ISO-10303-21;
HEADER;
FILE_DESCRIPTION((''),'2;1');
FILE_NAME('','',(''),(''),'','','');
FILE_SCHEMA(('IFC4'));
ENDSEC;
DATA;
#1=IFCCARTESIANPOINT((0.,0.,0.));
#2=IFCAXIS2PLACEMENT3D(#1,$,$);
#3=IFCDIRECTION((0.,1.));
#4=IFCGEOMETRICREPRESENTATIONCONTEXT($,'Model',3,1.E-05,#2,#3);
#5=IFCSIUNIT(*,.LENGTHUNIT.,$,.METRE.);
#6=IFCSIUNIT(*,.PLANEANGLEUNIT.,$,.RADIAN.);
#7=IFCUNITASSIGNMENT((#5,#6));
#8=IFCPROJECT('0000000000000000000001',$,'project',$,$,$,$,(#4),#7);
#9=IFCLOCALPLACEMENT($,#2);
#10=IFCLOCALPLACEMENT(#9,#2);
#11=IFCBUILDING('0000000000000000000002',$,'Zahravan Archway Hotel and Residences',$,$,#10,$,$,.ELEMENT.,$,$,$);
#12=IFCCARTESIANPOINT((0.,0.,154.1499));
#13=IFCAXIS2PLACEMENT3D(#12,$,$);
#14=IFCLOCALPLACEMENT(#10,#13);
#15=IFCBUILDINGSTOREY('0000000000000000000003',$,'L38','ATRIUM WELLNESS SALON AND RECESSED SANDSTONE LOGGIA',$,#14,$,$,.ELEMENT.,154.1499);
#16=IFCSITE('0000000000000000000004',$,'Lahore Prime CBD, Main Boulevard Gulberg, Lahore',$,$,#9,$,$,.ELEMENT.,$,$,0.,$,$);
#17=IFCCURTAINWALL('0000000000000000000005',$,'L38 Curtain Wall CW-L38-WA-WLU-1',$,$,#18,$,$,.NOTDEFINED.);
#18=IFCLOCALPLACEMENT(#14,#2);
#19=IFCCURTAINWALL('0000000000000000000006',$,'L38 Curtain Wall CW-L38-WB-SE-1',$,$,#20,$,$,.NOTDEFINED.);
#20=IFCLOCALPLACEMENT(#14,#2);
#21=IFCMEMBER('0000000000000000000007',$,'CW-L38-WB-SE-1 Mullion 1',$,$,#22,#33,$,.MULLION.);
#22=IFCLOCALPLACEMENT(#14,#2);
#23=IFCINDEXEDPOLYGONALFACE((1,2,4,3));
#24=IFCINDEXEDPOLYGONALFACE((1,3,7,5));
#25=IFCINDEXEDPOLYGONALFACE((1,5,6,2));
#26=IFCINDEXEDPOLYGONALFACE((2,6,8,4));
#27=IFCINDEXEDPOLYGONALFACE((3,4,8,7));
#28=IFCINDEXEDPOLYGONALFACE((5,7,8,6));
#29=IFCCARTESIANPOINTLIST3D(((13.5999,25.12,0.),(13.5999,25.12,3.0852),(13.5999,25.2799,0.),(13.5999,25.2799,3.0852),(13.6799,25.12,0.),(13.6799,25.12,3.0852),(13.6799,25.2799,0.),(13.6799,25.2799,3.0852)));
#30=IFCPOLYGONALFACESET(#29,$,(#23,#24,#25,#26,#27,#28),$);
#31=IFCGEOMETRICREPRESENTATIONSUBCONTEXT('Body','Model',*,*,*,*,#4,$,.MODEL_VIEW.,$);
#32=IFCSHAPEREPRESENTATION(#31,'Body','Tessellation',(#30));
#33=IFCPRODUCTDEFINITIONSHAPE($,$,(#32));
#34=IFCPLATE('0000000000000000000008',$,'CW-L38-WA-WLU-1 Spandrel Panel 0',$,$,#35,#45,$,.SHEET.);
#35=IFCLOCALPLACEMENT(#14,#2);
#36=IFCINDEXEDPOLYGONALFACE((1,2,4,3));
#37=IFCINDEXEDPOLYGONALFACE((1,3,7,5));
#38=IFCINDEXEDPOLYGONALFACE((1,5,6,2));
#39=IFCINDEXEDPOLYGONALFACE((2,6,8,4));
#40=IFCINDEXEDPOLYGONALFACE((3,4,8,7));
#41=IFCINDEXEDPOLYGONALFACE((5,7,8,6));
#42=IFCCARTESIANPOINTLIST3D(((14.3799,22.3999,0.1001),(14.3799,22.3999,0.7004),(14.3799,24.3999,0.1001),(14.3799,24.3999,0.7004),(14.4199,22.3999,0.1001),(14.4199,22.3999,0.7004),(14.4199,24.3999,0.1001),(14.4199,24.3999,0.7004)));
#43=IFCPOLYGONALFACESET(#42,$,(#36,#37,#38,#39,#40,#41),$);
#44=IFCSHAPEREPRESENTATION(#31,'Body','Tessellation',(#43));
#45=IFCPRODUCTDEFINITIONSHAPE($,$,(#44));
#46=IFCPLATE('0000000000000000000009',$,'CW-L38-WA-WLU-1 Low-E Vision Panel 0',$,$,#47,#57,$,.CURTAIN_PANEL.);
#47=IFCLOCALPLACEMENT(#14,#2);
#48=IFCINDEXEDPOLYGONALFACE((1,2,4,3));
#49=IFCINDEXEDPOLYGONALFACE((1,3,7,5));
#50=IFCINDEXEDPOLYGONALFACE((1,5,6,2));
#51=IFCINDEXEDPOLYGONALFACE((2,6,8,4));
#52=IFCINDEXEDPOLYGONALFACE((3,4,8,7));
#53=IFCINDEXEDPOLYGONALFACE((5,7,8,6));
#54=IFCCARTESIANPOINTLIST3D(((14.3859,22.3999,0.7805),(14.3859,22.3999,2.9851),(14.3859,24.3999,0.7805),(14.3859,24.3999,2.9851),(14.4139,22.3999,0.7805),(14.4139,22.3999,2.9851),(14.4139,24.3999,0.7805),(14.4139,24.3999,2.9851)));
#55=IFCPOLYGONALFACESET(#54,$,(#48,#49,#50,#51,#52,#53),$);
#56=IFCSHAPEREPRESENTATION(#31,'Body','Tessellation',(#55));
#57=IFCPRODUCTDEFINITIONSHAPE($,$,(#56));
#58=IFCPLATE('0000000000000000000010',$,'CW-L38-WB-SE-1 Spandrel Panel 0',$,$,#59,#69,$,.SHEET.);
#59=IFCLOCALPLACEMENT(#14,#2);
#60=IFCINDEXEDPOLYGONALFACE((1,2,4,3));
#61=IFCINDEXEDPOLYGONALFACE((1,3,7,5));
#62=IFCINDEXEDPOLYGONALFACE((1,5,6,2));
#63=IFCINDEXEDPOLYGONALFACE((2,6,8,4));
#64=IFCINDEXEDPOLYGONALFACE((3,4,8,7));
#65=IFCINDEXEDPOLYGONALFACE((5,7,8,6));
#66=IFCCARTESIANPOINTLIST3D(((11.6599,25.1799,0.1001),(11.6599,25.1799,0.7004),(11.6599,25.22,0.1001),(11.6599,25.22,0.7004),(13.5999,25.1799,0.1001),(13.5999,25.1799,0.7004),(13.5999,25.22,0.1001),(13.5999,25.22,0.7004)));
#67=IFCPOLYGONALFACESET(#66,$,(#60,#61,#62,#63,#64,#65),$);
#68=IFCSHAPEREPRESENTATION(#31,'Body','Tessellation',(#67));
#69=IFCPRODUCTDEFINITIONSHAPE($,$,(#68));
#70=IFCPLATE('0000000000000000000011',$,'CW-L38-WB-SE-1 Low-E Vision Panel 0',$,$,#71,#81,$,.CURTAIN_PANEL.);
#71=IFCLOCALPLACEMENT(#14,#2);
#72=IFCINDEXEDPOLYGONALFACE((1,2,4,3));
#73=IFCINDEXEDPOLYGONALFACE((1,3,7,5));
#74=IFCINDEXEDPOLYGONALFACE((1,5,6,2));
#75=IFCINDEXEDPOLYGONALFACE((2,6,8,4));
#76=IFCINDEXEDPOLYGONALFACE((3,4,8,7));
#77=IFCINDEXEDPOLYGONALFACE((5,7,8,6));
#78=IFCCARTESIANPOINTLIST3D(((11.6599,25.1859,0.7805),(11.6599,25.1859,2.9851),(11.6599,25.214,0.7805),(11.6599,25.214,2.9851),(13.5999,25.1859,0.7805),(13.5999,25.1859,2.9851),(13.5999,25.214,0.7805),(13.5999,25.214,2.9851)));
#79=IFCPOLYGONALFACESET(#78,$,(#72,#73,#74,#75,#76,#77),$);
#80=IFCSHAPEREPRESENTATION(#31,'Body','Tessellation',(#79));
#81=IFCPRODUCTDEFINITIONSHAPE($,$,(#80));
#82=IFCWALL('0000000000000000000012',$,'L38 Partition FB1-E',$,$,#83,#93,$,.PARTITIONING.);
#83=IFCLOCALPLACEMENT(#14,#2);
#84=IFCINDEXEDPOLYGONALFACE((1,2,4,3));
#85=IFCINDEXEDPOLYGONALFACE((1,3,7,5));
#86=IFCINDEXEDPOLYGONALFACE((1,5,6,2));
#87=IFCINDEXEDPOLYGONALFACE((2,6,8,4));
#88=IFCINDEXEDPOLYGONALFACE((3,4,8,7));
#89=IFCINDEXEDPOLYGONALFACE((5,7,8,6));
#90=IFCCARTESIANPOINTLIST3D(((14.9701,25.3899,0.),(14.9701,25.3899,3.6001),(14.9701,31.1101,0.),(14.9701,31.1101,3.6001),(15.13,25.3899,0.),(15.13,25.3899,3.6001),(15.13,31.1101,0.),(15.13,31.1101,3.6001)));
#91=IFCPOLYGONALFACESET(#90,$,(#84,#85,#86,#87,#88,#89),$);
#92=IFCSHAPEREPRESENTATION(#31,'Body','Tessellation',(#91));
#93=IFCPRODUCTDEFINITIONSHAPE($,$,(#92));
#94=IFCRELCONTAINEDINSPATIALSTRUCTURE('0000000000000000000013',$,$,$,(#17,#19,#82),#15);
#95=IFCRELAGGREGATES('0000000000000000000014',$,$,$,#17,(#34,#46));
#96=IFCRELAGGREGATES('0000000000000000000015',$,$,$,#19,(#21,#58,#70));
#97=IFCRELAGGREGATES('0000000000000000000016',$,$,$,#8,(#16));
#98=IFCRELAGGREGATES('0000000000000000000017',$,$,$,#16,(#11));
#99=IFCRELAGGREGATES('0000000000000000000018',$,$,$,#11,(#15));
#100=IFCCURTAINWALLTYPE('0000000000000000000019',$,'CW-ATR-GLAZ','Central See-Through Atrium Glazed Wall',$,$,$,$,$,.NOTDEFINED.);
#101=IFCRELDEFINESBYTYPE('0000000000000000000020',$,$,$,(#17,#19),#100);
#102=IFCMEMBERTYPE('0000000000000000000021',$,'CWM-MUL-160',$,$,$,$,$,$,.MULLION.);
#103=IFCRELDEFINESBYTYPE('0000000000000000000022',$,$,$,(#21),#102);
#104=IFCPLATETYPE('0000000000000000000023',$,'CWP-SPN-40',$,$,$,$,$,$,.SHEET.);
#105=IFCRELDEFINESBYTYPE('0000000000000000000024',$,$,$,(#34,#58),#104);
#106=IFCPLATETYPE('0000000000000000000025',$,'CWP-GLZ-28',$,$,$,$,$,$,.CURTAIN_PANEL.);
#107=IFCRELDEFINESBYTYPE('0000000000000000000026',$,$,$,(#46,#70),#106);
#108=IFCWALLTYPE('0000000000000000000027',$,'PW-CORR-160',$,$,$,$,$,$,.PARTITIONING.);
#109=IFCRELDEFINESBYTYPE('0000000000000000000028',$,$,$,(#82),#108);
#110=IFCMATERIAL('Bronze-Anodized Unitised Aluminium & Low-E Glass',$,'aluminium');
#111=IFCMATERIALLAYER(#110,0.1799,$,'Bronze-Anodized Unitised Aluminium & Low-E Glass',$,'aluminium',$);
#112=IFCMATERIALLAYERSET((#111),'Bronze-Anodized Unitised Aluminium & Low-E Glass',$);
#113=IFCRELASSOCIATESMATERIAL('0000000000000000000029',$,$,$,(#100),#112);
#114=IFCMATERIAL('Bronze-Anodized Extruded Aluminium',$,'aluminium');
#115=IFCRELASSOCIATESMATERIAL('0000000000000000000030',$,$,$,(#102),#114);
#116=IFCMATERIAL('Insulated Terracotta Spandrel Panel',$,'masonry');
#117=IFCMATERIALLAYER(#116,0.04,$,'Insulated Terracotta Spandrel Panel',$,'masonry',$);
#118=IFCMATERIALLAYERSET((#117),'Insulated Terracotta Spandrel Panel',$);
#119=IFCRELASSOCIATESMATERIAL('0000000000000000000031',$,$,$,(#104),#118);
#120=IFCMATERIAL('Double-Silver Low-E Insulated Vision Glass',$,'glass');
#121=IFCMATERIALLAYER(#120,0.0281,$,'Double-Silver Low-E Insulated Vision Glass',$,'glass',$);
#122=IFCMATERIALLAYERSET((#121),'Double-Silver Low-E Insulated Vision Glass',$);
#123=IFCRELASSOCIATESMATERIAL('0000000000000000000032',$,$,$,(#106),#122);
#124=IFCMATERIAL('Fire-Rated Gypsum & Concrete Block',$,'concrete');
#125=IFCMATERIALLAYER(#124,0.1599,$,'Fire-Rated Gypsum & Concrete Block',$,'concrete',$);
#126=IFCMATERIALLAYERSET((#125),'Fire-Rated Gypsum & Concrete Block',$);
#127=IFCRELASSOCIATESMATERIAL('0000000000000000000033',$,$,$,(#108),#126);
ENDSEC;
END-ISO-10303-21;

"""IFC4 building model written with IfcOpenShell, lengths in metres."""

from ifc_helpers import new_model, si_unit, direction, frame, frame_2d, origin, origin_2d, place, context, subcontext, project, spatial, rectangle, extrude, source, transform, mapped, material, layer, layer_set, material_profile, profile_set, type_object, element, aggregate, save


model = new_model("IFC4")

# Units and contexts
model_context = context("Model", 3, precision=1e-05, world=origin(), true_north=direction((0.0, 1.0)))
body_context = subcontext(model_context, "Body", "Model", "MODEL_VIEW")
ifc_project = project(units=[si_unit("LENGTHUNIT", "METRE"), si_unit("PLANEANGLEUNIT", "RADIAN")], contexts=[model_context])

# Site, building, storey
site_placement = place(None, origin())
site = spatial("IfcSite", under=ifc_project, at=site_placement, Name="Lahore Prime CBD, Main Boulevard Gulberg, Lahore", CompositionType="ELEMENT", RefElevation=0.0)
building_placement = place(site_placement, origin())
building = spatial("IfcBuilding", under=site, at=building_placement, Name="Zahravan Archway Hotel and Residences", CompositionType="ELEMENT")
storey_placement = place(building_placement, frame((0.0, 0.0, 154.1499)))
storey = spatial("IfcBuildingStorey", under=building, at=storey_placement, Name="L38", Description="ATRIUM WELLNESS SALON AND RECESSED SANDSTONE LOGGIA", CompositionType="ELEMENT", Elevation=154.1499)

# Curtain wall
ifc_material_1 = material(Name="Bronze-Anodized Unitised Aluminium & Low-E Glass", Category="aluminium")
ifc_layer_1 = layer(ifc_material_1, 0.1799, Name="Bronze-Anodized Unitised Aluminium & Low-E Glass", Category="aluminium")
ifc_layer_set_1 = layer_set([ifc_layer_1], Name="Bronze-Anodized Unitised Aluminium & Low-E Glass")
curtain_wall_type = type_object("IfcCurtainWallType", Name="CW-ATR-GLAZ", Description="Central See-Through Atrium Glazed Wall", PredefinedType="NOTDEFINED", material=ifc_layer_set_1)
curtain_wall_1_placement = place(storey_placement, origin())
curtain_wall_1 = element("IfcCurtainWall", 1, at=curtain_wall_1_placement, inside=storey, type_object=curtain_wall_type, Name="L38 Curtain Wall CW-L38-WA-WLU-1", PredefinedType="NOTDEFINED")
ifc_material_2 = material(Name="Bronze-Anodized Extruded Aluminium", Category="aluminium")
ifc_material_profile_1 = material_profile(ifc_material_2, rectangle(XDim=0.0801, YDim=0.1599, at=origin_2d()), Name="MUL 80x160", Category="aluminium")
ifc_profile_set_1 = profile_set([ifc_material_profile_1], Name="Bronze-Anodized Extruded Aluminium")
member_type_1 = type_object("IfcMemberType", Name="CWM-MUL-160", PredefinedType="MULLION", material=ifc_profile_set_1)
shared_shape_1 = source(origin(), body_context, "Body", "SweptSolid", [
    extrude(rectangle(XDim=0.0801, YDim=0.1599, at=origin_2d()), origin(), (0.0, 0.0, 1.0), 3.0852),
])

# Curtain wall, member
curtain_wall_2_placement = place(storey_placement, origin())
curtain_wall_2 = element("IfcCurtainWall", 2, at=curtain_wall_2_placement, inside=storey, type_object=curtain_wall_type, Name="L38 Curtain Wall CW-L38-WB-SE-1", PredefinedType="NOTDEFINED")
member_1_placement = place(storey_placement, frame((13.6399, 25.2, 0.0), z_axis=(0.0, 0.0, 1.0), x_axis=(1.0, 0.0, 0.0)))
member_1 = element("IfcMember", 3, at=member_1_placement, type_object=member_type_1, Name="CW-L38-WB-SE-1 Mullion 1", PredefinedType="MULLION", context=body_context, shape_type="MappedRepresentation", body=[
    mapped(shared_shape_1, transform((0.0, 0.0, 0.0), scale=1.0)),
])

# Plates
ifc_material_3 = material(Name="Insulated Terracotta Spandrel Panel", Category="masonry")
ifc_layer_2 = layer(ifc_material_3, 0.04, Name="Insulated Terracotta Spandrel Panel", Category="masonry")
ifc_layer_set_2 = layer_set([ifc_layer_2], Name="Insulated Terracotta Spandrel Panel")
plate_type_1 = type_object("IfcPlateType", Name="CWP-SPN-40", PredefinedType="SHEET", material=ifc_layer_set_2)
shared_shape_2 = source(origin(), body_context, "Body", "SweptSolid", [
    extrude(rectangle(XDim=2.0, YDim=0.04, at=origin_2d()), origin(), (0.0, 0.0, 1.0), 0.6003),
])
plate_1_placement = place(storey_placement, frame((14.3999, 23.3999, 0.1001), z_axis=(0.0, 0.0, 1.0), x_axis=(0.0, 1.0, 0.0)))
plate_1 = element("IfcPlate", 4, at=plate_1_placement, type_object=plate_type_1, Name="CW-L38-WA-WLU-1 Spandrel Panel 0", PredefinedType="SHEET", context=body_context, shape_type="MappedRepresentation", body=[
    mapped(shared_shape_2, transform((0.0, 0.0, 0.0), scale=1.0)),
])
ifc_material_4 = material(Name="Double-Silver Low-E Insulated Vision Glass", Category="glass")
ifc_layer_3 = layer(ifc_material_4, 0.0281, Name="Double-Silver Low-E Insulated Vision Glass", Category="glass")
ifc_layer_set_3 = layer_set([ifc_layer_3], Name="Double-Silver Low-E Insulated Vision Glass")
plate_type_2 = type_object("IfcPlateType", Name="CWP-GLZ-28", PredefinedType="CURTAIN_PANEL", material=ifc_layer_set_3)
shared_shape_3 = source(origin(), body_context, "Body", "SweptSolid", [
    extrude(rectangle(XDim=2.0, YDim=0.0281, at=origin_2d()), origin(), (0.0, 0.0, 1.0), 2.2046),
])
plate_2_placement = place(storey_placement, frame((14.3999, 23.3999, 0.7805), z_axis=(0.0, 0.0, 1.0), x_axis=(0.0, 1.0, 0.0)))
plate_2 = element("IfcPlate", 5, at=plate_2_placement, type_object=plate_type_2, Name="CW-L38-WA-WLU-1 Low-E Vision Panel 0", PredefinedType="CURTAIN_PANEL", context=body_context, shape_type="MappedRepresentation", body=[
    mapped(shared_shape_3, transform((0.0, 0.0, 0.0), scale=1.0)),
])
aggregate(curtain_wall_1, [plate_1, plate_2])
shared_shape_4 = source(origin(), body_context, "Body", "SweptSolid", [
    extrude(rectangle(XDim=1.9399, YDim=0.04, at=origin_2d()), origin(), (0.0, 0.0, 1.0), 0.6003),
])
plate_3_placement = place(storey_placement, frame((12.6299, 25.2, 0.1001), z_axis=(0.0, 0.0, 1.0), x_axis=(1.0, 0.0, 0.0)))
plate_3 = element("IfcPlate", 6, at=plate_3_placement, type_object=plate_type_1, Name="CW-L38-WB-SE-1 Spandrel Panel 0", PredefinedType="SHEET", context=body_context, shape_type="MappedRepresentation", body=[
    mapped(shared_shape_4, transform((0.0, 0.0, 0.0), scale=1.0)),
])
shared_shape_5 = source(origin(), body_context, "Body", "SweptSolid", [
    extrude(rectangle(XDim=1.9399, YDim=0.0281, at=origin_2d()), origin(), (0.0, 0.0, 1.0), 2.2046),
])
plate_4_placement = place(storey_placement, frame((12.6299, 25.2, 0.7805), z_axis=(0.0, 0.0, 1.0), x_axis=(1.0, 0.0, 0.0)))
plate_4 = element("IfcPlate", 7, at=plate_4_placement, type_object=plate_type_2, Name="CW-L38-WB-SE-1 Low-E Vision Panel 0", PredefinedType="CURTAIN_PANEL", context=body_context, shape_type="MappedRepresentation", body=[
    mapped(shared_shape_5, transform((0.0, 0.0, 0.0), scale=1.0)),
])
aggregate(curtain_wall_2, [member_1, plate_3, plate_4])

# Wall
ifc_material_5 = material(Name="Fire-Rated Gypsum & Concrete Block", Category="concrete")
ifc_layer_4 = layer(ifc_material_5, 0.1599, Name="Fire-Rated Gypsum & Concrete Block", Category="concrete")
ifc_layer_set_4 = layer_set([ifc_layer_4], Name="Fire-Rated Gypsum & Concrete Block")
wall_type_1 = type_object("IfcWallType", Name="PW-CORR-160", PredefinedType="PARTITIONING", material=ifc_layer_set_4)
wall_1_placement = place(storey_placement, frame((15.05, 25.3899, 0.0), z_axis=(0.0, 0.0, 1.0), x_axis=(0.0, 1.0, 0.0)))
element("IfcWall", 8, at=wall_1_placement, inside=storey, type_object=wall_type_1, Name="L38 Partition FB1-E", PredefinedType="PARTITIONING", context=body_context, shape_type="SweptSolid", body=[
    extrude(rectangle(XDim=5.7202, YDim=0.1599, at=frame_2d((2.8601, 0.0))), origin(), (0.0, 0.0, 1.0), 3.6001),
])

save(model, "model.ifc")
